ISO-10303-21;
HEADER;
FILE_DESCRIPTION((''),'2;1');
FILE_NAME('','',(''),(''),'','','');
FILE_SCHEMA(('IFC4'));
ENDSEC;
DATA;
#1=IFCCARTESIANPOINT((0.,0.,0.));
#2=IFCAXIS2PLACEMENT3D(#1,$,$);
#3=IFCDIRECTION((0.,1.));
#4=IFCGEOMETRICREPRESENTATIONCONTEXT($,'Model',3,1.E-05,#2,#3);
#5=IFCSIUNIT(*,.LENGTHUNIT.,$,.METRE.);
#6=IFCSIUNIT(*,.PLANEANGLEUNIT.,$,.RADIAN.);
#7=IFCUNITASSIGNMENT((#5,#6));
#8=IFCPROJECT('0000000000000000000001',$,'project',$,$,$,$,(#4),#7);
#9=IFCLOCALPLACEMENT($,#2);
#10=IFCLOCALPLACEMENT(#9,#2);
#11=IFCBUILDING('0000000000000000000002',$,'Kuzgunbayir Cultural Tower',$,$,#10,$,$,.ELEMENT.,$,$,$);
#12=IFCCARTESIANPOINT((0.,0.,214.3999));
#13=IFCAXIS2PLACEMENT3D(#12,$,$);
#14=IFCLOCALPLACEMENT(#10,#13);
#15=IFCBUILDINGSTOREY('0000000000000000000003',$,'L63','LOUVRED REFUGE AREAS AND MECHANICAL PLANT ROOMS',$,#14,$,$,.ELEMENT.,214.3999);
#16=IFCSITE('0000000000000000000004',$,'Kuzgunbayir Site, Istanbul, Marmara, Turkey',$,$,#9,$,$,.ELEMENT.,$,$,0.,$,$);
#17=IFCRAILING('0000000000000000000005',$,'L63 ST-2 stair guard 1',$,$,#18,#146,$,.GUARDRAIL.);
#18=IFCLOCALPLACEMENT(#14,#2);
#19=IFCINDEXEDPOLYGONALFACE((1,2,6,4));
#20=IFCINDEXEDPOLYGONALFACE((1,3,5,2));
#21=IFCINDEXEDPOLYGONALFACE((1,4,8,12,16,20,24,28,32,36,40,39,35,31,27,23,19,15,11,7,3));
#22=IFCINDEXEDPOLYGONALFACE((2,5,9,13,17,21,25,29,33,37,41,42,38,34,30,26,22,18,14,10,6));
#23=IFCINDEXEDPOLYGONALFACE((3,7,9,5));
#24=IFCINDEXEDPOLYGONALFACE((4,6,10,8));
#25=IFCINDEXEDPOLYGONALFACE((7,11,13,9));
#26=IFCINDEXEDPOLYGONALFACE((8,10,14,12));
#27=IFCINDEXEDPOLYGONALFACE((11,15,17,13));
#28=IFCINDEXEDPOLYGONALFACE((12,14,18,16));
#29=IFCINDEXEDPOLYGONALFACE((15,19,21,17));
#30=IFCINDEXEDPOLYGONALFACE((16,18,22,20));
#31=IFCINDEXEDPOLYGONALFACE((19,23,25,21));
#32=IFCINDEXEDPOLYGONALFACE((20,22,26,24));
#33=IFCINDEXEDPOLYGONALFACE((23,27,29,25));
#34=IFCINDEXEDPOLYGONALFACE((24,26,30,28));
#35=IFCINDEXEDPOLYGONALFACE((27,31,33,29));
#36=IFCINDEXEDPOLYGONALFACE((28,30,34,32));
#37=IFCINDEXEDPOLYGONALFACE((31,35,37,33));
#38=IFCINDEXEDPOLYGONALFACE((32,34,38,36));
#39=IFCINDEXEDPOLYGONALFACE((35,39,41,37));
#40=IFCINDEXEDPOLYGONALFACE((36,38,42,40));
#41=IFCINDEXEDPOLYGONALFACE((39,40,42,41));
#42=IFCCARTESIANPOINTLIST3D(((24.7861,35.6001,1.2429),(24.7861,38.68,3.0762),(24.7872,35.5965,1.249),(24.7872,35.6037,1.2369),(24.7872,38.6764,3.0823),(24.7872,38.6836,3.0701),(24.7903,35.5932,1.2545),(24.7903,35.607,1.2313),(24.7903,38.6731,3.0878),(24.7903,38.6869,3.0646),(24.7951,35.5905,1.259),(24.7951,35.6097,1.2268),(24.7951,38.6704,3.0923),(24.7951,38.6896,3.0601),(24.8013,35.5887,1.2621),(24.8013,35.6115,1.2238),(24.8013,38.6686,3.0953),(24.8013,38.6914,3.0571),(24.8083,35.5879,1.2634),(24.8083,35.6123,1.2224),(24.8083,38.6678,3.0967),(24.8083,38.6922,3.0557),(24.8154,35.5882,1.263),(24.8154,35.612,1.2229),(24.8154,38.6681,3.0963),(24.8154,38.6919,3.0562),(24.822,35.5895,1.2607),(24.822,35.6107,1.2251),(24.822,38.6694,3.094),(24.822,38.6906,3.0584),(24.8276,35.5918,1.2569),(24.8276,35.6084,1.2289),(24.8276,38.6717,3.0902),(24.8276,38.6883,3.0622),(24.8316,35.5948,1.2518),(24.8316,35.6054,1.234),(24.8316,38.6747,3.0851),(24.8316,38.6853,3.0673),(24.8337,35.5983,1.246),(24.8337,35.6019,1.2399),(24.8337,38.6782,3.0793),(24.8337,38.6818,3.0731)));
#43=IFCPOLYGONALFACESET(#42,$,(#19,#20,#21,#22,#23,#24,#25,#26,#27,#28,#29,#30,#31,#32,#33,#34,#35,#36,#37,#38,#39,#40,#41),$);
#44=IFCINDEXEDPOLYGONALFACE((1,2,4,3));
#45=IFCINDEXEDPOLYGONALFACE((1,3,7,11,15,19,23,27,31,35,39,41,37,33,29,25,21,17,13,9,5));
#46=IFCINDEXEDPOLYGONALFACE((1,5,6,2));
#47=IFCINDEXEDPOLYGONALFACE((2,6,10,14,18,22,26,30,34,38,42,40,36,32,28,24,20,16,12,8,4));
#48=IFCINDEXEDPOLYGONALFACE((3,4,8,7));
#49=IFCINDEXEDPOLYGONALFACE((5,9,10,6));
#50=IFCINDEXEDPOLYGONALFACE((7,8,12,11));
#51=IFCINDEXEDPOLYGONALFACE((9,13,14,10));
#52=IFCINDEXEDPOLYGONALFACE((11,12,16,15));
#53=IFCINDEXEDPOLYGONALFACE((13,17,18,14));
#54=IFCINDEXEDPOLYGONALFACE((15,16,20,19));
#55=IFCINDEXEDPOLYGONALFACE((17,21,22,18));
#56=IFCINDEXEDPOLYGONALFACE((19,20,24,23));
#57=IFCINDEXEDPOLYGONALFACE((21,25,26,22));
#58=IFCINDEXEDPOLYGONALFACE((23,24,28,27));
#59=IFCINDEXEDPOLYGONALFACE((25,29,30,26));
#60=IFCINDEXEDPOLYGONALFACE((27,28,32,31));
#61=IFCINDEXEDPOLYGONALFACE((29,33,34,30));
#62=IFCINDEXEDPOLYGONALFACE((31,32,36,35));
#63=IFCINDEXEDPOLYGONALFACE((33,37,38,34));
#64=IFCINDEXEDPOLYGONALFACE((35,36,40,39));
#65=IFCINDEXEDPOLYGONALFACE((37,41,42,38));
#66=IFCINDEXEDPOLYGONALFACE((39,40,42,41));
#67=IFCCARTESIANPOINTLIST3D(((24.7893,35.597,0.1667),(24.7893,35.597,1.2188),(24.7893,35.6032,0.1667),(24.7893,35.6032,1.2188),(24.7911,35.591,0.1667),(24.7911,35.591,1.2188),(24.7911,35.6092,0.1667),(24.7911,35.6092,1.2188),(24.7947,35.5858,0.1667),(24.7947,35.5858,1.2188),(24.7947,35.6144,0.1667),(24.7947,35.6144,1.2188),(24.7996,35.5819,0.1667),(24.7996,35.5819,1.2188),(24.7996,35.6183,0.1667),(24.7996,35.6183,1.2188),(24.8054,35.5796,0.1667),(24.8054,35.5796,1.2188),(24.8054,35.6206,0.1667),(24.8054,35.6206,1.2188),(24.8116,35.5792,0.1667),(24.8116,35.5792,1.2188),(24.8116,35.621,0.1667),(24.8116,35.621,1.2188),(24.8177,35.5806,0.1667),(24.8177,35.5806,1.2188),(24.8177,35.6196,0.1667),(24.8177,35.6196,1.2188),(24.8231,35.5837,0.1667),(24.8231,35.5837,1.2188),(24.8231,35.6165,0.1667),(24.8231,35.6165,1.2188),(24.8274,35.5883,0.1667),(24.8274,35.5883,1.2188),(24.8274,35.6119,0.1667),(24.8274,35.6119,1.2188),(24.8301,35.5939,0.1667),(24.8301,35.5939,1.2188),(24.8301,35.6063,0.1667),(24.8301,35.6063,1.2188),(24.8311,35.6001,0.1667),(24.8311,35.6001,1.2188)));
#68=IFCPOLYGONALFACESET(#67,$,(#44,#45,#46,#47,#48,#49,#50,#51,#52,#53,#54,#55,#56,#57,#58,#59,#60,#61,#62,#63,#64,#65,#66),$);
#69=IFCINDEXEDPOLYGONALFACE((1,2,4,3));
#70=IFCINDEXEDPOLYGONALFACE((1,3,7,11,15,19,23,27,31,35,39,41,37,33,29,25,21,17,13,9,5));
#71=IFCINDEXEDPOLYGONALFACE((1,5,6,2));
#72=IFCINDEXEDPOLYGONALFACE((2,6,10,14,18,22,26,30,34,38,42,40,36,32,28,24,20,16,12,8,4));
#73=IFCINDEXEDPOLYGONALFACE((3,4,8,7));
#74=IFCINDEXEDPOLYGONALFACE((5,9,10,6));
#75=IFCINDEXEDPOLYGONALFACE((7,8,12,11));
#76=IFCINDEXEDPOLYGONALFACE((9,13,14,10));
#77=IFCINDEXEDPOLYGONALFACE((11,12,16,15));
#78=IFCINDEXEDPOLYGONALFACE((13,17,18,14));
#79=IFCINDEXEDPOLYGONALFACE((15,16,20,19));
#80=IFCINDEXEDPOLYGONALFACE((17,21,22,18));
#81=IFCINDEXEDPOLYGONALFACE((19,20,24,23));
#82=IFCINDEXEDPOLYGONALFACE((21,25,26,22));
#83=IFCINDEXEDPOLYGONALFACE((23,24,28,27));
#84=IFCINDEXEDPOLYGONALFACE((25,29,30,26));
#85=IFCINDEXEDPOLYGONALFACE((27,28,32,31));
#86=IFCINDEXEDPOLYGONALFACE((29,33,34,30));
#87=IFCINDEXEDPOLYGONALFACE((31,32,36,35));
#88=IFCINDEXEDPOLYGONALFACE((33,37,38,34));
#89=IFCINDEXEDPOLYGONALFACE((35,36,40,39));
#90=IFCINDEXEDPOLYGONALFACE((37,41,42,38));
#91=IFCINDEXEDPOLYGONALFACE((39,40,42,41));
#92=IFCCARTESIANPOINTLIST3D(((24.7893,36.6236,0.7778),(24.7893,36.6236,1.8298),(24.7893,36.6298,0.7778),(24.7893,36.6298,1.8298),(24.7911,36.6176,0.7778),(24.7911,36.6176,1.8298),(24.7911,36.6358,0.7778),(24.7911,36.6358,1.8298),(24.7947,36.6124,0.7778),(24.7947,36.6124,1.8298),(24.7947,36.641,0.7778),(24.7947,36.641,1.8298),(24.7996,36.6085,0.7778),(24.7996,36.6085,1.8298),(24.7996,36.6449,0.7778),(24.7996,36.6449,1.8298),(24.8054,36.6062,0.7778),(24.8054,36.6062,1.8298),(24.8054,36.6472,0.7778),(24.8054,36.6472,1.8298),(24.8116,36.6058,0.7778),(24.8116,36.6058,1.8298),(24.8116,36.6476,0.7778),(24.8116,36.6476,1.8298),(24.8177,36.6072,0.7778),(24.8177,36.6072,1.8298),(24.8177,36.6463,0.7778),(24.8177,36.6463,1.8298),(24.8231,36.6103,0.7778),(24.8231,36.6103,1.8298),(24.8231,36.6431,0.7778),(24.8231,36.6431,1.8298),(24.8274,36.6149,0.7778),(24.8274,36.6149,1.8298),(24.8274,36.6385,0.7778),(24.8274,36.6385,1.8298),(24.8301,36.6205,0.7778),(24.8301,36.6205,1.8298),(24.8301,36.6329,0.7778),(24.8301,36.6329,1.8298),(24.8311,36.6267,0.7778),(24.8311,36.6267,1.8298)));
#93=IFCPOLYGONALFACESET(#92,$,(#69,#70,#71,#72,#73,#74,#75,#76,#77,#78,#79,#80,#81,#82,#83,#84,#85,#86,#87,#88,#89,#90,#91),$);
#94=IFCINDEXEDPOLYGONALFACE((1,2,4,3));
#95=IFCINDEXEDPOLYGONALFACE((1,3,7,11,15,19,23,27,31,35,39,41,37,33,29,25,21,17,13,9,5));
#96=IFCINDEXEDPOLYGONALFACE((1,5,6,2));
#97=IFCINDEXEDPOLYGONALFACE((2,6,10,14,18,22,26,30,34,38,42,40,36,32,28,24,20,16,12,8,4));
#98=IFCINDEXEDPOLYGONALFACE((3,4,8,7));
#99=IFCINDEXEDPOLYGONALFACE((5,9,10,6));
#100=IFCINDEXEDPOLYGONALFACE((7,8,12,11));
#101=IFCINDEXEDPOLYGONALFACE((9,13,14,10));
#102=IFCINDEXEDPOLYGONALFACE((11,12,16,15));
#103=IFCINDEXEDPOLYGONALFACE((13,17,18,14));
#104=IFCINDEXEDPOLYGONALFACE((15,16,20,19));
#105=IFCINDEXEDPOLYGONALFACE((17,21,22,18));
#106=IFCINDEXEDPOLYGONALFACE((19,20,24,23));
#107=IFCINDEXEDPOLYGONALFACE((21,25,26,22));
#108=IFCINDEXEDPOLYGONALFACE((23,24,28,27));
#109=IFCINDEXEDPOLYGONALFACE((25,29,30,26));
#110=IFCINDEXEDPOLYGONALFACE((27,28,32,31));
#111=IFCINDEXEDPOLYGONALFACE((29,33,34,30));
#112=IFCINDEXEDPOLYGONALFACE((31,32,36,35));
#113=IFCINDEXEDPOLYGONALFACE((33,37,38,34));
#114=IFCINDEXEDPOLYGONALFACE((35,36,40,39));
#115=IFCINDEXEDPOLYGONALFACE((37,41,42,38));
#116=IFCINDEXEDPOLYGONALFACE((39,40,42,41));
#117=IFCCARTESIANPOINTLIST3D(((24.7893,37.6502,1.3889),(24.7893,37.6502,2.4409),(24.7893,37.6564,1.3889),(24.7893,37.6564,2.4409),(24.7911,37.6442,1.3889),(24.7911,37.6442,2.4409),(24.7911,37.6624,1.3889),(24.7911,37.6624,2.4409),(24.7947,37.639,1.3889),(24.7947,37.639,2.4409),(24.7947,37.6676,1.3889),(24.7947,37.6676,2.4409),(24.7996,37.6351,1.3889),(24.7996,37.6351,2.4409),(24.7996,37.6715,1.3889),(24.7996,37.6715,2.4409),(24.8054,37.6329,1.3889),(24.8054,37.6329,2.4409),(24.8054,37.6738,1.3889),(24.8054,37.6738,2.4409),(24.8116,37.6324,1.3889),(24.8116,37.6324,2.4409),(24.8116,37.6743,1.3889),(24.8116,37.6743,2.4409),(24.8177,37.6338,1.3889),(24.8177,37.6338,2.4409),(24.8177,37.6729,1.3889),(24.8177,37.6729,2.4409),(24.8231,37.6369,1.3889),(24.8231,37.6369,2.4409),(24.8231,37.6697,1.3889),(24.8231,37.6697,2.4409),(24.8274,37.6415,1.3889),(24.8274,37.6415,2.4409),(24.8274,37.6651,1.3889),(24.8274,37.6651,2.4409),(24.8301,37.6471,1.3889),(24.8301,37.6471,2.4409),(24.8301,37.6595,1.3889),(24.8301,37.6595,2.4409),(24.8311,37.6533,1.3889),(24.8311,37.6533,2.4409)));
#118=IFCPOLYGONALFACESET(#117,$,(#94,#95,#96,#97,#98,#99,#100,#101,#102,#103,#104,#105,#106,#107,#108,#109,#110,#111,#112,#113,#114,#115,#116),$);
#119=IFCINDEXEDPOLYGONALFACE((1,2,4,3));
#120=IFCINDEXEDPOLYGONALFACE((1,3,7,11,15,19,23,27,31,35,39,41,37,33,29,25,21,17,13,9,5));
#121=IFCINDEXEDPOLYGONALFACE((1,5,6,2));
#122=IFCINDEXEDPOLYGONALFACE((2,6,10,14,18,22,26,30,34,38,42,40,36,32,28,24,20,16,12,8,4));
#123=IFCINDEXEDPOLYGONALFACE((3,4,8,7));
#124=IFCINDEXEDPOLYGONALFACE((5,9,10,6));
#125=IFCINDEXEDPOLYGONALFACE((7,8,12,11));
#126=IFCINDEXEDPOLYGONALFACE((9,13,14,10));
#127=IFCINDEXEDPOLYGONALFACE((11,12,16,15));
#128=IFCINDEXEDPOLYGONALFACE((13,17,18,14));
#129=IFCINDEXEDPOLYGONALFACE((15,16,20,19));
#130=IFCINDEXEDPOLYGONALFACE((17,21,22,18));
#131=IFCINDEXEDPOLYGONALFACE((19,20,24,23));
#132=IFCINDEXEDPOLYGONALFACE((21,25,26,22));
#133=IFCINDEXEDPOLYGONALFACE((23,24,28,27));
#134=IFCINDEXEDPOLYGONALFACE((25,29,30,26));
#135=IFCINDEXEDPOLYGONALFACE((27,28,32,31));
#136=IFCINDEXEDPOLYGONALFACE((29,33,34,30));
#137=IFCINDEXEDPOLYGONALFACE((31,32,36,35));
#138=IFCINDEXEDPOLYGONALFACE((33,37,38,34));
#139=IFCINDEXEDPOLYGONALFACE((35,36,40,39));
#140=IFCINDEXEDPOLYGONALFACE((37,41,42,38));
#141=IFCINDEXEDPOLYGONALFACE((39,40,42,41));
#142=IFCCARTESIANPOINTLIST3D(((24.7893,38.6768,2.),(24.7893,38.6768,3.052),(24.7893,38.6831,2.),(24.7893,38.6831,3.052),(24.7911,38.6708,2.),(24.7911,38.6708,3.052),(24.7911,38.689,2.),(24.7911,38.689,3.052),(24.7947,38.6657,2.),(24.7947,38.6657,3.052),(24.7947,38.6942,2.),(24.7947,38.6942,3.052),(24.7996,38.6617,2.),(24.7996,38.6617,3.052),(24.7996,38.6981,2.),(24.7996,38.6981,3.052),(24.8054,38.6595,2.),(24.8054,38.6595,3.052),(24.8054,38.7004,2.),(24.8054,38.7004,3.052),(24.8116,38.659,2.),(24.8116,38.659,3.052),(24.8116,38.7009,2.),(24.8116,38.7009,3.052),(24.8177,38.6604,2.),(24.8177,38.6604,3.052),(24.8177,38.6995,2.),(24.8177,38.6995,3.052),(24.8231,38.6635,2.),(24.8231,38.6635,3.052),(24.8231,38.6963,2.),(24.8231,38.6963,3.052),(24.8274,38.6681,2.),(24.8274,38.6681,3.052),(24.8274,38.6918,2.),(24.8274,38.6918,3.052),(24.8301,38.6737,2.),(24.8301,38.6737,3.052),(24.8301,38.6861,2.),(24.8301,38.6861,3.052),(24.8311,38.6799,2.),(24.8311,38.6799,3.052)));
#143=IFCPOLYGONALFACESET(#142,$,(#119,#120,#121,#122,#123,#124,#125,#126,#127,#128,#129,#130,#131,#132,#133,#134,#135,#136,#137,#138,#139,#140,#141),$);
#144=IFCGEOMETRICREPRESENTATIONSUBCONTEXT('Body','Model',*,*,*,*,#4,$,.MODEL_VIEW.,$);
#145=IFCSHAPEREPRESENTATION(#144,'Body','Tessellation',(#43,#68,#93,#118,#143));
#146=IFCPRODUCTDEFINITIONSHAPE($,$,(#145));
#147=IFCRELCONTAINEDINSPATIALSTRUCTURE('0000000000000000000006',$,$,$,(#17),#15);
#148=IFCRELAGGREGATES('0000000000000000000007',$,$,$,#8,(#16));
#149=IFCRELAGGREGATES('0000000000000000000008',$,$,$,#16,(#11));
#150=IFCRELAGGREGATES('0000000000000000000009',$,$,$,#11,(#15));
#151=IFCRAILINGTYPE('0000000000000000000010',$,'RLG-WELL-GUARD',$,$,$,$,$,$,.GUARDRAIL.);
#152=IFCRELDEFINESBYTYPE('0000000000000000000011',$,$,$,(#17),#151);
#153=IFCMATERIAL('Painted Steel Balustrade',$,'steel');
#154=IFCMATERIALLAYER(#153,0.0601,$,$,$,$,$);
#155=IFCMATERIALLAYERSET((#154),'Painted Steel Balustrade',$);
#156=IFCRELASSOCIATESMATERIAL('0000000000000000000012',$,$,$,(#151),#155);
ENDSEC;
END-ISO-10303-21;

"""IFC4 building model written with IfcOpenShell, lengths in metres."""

from ifc_helpers import new_model, si_unit, direction, frame, origin, origin_2d, place, context, subcontext, project, spatial, circle, extrude, material, layer, layer_set, type_object, element, save


model = new_model("IFC4")

# Units and contexts
model_context = context("Model", 3, precision=1e-05, world=origin(), true_north=direction((0.0, 1.0)))
body_context = subcontext(model_context, "Body", "Model", "MODEL_VIEW")
ifc_project = project(units=[si_unit("LENGTHUNIT", "METRE"), si_unit("PLANEANGLEUNIT", "RADIAN")], contexts=[model_context])

# Site, building, storey
site_placement = place(None, origin())
site = spatial("IfcSite", under=ifc_project, at=site_placement, Name="Kuzgunbayir Site, Istanbul, Marmara, Turkey", CompositionType="ELEMENT", RefElevation=0.0)
building_placement = place(site_placement, origin())
building = spatial("IfcBuilding", under=site, at=building_placement, Name="Kuzgunbayir Cultural Tower", CompositionType="ELEMENT")
storey_placement = place(building_placement, frame((0.0, 0.0, 214.3999)))
storey = spatial("IfcBuildingStorey", under=building, at=storey_placement, Name="L63", Description="LOUVRED REFUGE AREAS AND MECHANICAL PLANT ROOMS", CompositionType="ELEMENT", Elevation=214.3999)

# Railing
ifc_material_1 = material(Name="Painted Steel Balustrade", Category="steel")
ifc_layer_1 = layer(ifc_material_1, 0.0601)
ifc_layer_set_1 = layer_set([ifc_layer_1], Name="Painted Steel Balustrade")
railing_type_1 = type_object("IfcRailingType", Name="RLG-WELL-GUARD", PredefinedType="GUARDRAIL", material=ifc_layer_set_1)
railing_1_placement = place(storey_placement, frame((24.8101, 35.6001, 0.1667)))
element("IfcRailing", 1, at=railing_1_placement, inside=storey, type_object=railing_type_1, Name="L63 ST-2 stair guard 1", PredefinedType="GUARDRAIL", context=body_context, shape_type="SweptSolid", body=[
    extrude(circle(Radius=0.0239, at=origin_2d()), frame((0.0, 0.0, 1.0762), z_axis=(0.0, 0.859291, 0.511487), x_axis=(-1.0, 0.0, 0.0)), (0.0, 0.0, 1.0), 3.5842),
    extrude(circle(Radius=0.021, at=origin_2d()), origin(), (0.0, 0.0, 1.0), 1.052),
    extrude(circle(Radius=0.021, at=origin_2d()), frame((0.0, 1.0266, 0.6111)), (0.0, 0.0, 1.0), 1.052),
    extrude(circle(Radius=0.021, at=origin_2d()), frame((0.0, 2.0532, 1.2222)), (0.0, 0.0, 1.0), 1.052),
    extrude(circle(Radius=0.021, at=origin_2d()), frame((0.0, 3.0798, 1.8333)), (0.0, 0.0, 1.0), 1.052),
])

save(model, "model.ifc")
